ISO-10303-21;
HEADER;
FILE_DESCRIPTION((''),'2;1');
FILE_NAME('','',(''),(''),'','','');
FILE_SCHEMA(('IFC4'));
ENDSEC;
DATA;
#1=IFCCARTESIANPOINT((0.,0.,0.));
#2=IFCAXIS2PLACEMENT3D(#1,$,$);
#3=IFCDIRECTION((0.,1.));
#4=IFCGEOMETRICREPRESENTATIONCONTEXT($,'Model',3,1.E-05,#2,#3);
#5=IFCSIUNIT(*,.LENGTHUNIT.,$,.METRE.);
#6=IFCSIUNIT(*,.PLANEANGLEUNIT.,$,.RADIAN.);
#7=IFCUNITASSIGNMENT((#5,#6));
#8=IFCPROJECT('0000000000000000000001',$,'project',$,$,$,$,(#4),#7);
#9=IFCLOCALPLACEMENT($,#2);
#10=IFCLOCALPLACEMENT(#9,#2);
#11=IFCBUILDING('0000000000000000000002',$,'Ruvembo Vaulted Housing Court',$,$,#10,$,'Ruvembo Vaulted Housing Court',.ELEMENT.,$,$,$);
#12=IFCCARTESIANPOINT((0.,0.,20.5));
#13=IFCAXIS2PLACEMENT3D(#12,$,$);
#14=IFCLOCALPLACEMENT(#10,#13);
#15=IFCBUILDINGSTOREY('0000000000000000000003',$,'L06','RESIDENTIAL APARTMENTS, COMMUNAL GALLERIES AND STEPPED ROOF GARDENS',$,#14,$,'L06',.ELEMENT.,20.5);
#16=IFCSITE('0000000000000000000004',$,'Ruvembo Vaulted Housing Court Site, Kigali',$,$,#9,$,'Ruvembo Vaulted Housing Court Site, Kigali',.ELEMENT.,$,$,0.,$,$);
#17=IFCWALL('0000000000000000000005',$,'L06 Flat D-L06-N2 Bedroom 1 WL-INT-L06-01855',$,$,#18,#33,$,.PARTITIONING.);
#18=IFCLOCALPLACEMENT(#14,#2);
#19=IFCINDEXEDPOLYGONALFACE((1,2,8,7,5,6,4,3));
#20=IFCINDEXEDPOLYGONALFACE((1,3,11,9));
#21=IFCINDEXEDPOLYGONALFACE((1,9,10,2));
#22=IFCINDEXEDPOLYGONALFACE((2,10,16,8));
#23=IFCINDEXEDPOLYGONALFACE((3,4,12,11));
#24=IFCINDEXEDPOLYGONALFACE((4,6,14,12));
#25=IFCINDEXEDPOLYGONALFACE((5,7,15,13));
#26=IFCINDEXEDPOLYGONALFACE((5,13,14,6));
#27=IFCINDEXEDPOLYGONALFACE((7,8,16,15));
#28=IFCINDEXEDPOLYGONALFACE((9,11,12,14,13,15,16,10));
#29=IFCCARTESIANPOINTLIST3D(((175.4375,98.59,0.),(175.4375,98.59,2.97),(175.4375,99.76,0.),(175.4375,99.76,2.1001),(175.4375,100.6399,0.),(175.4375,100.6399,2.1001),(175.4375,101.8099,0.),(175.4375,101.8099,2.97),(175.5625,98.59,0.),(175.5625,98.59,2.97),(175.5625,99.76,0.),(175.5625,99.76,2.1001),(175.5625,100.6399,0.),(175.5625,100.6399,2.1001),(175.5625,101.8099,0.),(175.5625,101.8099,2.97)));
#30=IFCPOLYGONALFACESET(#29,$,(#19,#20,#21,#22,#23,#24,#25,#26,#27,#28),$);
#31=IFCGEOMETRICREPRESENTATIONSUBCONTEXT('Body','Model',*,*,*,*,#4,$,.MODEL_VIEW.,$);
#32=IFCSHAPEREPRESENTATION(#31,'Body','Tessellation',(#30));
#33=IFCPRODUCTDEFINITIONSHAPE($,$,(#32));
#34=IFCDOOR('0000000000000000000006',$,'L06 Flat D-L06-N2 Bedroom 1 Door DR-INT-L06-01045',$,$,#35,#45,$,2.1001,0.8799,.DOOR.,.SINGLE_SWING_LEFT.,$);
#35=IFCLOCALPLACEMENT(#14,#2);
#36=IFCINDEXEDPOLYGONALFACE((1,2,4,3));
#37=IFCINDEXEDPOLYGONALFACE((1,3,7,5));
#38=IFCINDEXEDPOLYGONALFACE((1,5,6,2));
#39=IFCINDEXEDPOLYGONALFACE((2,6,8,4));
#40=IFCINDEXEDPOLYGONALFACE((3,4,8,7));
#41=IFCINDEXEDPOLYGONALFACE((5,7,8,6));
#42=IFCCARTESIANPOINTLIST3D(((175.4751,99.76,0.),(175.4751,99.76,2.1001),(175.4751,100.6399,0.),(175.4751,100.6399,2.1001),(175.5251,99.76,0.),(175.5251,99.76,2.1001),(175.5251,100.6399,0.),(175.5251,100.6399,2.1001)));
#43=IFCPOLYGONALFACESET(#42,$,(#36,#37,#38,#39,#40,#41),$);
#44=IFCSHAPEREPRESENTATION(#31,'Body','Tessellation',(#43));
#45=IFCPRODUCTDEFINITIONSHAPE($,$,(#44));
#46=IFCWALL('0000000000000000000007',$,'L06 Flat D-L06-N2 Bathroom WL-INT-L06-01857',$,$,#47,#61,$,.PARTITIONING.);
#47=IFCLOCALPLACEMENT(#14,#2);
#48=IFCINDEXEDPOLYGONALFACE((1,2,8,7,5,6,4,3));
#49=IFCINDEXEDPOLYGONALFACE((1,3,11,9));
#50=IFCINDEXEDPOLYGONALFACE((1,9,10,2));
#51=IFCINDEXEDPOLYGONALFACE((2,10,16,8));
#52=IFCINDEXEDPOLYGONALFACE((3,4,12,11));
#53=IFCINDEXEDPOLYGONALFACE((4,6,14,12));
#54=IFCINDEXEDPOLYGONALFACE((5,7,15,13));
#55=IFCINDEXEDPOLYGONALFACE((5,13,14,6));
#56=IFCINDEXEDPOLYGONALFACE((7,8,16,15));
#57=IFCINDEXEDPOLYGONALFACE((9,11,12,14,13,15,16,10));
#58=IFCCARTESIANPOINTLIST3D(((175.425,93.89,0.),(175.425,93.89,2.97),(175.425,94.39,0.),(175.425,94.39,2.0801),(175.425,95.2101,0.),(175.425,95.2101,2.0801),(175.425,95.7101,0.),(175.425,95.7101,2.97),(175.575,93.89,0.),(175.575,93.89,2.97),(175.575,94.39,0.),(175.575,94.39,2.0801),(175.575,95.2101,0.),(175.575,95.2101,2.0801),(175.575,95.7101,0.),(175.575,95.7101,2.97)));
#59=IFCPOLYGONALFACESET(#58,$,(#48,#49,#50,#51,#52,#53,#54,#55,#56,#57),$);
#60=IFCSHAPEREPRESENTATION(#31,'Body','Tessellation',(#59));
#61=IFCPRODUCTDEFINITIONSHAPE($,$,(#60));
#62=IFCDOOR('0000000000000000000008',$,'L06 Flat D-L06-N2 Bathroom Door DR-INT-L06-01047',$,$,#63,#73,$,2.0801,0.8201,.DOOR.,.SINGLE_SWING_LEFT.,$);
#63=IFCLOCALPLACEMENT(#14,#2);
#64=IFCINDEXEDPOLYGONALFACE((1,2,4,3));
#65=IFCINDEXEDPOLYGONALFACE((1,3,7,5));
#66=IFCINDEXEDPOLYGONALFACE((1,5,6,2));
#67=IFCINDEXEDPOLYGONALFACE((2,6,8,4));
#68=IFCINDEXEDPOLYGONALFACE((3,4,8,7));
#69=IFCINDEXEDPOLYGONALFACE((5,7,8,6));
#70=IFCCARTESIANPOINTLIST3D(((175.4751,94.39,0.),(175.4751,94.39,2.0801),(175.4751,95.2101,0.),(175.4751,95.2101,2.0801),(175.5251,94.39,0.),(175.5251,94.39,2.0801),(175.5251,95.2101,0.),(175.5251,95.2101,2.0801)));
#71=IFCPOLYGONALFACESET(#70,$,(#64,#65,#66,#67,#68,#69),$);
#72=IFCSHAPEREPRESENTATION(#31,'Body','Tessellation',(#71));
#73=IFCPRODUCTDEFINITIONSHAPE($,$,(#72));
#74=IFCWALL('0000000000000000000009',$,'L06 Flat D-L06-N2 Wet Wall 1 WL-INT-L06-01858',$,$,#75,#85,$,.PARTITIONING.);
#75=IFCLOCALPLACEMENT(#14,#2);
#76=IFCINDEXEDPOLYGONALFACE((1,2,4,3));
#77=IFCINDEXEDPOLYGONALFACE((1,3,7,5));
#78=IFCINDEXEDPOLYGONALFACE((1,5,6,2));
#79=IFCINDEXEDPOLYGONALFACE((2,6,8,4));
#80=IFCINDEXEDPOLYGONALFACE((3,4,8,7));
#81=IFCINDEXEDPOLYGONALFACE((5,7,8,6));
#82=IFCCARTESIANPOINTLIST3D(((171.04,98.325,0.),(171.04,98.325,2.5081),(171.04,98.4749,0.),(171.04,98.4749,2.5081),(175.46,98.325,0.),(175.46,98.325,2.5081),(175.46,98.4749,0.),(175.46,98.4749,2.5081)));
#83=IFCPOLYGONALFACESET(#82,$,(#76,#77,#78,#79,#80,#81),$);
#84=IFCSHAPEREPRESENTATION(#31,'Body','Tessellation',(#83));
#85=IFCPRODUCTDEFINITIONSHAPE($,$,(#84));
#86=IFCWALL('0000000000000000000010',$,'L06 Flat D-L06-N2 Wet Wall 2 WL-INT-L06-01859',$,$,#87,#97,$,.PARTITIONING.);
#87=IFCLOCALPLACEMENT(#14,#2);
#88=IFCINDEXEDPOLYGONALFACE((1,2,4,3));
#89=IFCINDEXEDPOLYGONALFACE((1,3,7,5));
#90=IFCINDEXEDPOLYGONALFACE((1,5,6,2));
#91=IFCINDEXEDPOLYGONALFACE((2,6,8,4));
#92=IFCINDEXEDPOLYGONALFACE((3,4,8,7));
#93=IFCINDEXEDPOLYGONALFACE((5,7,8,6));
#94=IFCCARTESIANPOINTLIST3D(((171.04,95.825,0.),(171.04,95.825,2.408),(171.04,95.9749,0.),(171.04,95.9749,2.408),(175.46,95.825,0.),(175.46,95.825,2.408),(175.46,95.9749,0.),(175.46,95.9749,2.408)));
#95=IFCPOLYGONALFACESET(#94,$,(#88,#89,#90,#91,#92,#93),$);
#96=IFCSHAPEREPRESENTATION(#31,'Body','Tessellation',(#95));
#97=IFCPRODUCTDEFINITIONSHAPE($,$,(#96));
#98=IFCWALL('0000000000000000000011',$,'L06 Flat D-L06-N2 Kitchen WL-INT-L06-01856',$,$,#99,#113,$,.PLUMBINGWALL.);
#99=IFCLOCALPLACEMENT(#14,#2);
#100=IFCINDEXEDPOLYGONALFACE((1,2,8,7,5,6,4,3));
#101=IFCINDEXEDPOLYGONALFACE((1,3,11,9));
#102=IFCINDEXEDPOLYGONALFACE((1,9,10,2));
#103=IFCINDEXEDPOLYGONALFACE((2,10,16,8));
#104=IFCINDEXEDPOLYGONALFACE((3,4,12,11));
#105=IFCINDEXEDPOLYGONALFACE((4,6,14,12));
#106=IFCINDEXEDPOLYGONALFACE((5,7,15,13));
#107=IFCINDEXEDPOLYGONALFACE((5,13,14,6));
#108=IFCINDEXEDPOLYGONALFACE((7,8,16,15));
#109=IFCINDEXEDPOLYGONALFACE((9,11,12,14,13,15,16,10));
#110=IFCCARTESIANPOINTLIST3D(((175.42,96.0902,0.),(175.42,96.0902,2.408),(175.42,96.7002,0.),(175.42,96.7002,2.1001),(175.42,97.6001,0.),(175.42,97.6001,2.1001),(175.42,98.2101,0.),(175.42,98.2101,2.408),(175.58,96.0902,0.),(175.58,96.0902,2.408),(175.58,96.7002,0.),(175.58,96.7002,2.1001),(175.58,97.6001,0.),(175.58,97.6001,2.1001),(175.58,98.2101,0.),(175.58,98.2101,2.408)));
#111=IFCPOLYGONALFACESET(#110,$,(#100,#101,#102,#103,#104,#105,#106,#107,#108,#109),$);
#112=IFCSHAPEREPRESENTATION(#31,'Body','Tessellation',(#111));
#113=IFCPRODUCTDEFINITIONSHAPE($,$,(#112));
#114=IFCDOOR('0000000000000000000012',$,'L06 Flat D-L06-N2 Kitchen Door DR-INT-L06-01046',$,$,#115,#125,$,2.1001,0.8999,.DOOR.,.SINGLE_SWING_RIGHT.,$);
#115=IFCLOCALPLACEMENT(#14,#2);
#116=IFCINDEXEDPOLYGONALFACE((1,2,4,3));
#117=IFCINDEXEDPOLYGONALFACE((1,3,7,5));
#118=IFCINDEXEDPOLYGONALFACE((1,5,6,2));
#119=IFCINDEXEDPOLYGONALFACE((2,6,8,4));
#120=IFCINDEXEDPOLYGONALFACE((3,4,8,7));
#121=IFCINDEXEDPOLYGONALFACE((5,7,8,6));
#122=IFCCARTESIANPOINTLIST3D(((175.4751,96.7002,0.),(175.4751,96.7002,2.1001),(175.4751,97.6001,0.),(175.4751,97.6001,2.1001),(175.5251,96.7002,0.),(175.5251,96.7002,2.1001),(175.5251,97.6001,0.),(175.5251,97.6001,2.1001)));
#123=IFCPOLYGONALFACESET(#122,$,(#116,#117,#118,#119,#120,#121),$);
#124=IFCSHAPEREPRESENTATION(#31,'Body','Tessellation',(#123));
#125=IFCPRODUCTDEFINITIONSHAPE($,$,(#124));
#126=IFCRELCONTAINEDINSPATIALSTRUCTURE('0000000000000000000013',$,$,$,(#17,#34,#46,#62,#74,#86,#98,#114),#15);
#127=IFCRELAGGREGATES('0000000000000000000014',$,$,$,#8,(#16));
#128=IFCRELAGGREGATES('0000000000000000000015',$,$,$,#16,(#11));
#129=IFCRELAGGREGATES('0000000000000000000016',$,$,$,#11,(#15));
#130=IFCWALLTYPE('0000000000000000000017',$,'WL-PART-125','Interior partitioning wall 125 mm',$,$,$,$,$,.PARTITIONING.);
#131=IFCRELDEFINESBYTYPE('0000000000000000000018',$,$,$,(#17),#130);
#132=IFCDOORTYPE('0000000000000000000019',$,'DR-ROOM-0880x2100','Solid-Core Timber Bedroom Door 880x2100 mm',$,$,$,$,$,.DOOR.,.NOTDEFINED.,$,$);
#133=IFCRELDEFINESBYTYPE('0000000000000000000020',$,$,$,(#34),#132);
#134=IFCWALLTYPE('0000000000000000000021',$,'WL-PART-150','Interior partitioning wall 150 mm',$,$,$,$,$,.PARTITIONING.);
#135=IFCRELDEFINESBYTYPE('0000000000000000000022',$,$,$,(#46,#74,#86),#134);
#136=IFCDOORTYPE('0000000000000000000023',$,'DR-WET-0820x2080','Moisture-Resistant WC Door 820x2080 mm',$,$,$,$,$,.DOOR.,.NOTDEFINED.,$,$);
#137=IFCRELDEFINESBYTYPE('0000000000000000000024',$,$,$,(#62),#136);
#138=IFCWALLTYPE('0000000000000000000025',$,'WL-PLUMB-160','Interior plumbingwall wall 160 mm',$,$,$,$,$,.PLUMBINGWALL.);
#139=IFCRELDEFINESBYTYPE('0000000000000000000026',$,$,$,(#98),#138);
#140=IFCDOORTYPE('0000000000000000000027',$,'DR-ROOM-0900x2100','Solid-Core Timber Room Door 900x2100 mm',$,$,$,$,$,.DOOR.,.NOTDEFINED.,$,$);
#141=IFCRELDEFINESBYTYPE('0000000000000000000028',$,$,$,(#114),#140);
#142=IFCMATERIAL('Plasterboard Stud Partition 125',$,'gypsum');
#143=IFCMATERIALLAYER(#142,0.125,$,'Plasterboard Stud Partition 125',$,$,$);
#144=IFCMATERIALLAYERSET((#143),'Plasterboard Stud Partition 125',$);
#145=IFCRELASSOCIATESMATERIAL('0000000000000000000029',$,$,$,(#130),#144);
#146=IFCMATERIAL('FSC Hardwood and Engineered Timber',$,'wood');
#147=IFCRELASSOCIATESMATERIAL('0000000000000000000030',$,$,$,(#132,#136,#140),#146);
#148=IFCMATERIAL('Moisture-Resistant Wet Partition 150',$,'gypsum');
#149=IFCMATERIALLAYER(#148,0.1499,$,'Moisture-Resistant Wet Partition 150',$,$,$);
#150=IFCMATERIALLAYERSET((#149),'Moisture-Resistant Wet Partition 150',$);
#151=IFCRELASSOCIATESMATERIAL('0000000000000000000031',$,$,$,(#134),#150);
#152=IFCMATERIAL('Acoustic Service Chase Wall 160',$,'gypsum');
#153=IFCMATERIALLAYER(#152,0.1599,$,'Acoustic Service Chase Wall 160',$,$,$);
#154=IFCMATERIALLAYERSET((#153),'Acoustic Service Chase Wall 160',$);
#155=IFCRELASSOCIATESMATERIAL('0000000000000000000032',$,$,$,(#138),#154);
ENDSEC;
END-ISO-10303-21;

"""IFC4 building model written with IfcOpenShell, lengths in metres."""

from ifc_helpers import new_model, si_unit, direction, frame, frame_2d, origin, place, context, subcontext, project, spatial, rectangle, extrude, material, layer, layer_set, type_object, element, fill, save


model = new_model("IFC4")

# Units and contexts
model_context = context("Model", 3, precision=1e-05, world=origin(), true_north=direction((0.0, 1.0)))
body_context = subcontext(model_context, "Body", "Model", "MODEL_VIEW")
ifc_project = project(units=[si_unit("LENGTHUNIT", "METRE"), si_unit("PLANEANGLEUNIT", "RADIAN")], contexts=[model_context])

# Site, building, storey
site_placement = place(None, origin())
site = spatial("IfcSite", under=ifc_project, at=site_placement, Name="Ruvembo Vaulted Housing Court Site, Kigali", LongName="Ruvembo Vaulted Housing Court Site, Kigali", CompositionType="ELEMENT", RefElevation=0.0)
building_placement = place(site_placement, origin())
building = spatial("IfcBuilding", under=site, at=building_placement, Name="Ruvembo Vaulted Housing Court", LongName="Ruvembo Vaulted Housing Court", CompositionType="ELEMENT")
storey_placement = place(building_placement, frame((0.0, 0.0, 20.5)))
storey = spatial("IfcBuildingStorey", under=building, at=storey_placement, Name="L06", Description="RESIDENTIAL APARTMENTS, COMMUNAL GALLERIES AND STEPPED ROOF GARDENS", LongName="L06", CompositionType="ELEMENT", Elevation=20.5)

# Shared definitions
ifc_material_1 = material(Name="FSC Hardwood and Engineered Timber", Category="wood")

# Walls, openings, doors
ifc_material_2 = material(Name="Plasterboard Stud Partition 125", Category="gypsum")
ifc_layer_1 = layer(ifc_material_2, 0.125, Name="Plasterboard Stud Partition 125")
ifc_layer_set_1 = layer_set([ifc_layer_1], Name="Plasterboard Stud Partition 125")
wall_type_1 = type_object("IfcWallType", Name="WL-PART-125", Description="Interior partitioning wall 125 mm", PredefinedType="PARTITIONING", material=ifc_layer_set_1)
wall_1_placement = place(storey_placement, frame((175.5, 98.5901, 0.0), z_axis=(0.0, 0.0, 1.0), x_axis=(0.0, 1.0, 0.0)))
wall_1 = element("IfcWall", 1, at=wall_1_placement, inside=storey, type_object=wall_type_1, Name="L06 Flat D-L06-N2 Bedroom 1 WL-INT-L06-01855", PredefinedType="PARTITIONING", context=body_context, shape_type="SweptSolid", body=[
    extrude(rectangle(XDim=3.22, YDim=0.125, at=frame_2d((1.6099, 0.0))), origin(), (0.0, 0.0, 1.0), 2.97),
])
opening_1_placement = place(wall_1_placement, frame((1.1699, 0.0, 0.0)))
opening_1 = element("IfcOpeningElement", 2, at=opening_1_placement, cuts=wall_1, PredefinedType="OPENING", context=body_context, shape_type="SweptSolid", body=[
    extrude(rectangle(XDim=0.8799, YDim=2.1001, at=frame_2d((0.4399, 1.05))), frame((0.0, 0.0725, 0.0), z_axis=(0.0, -1.0, 0.0), x_axis=(1.0, 0.0, 0.0)), (0.0, 0.0, 1.0), 0.145),
])
door_type_1 = type_object("IfcDoorType", Name="DR-ROOM-0880x2100", Description="Solid-Core Timber Bedroom Door 880x2100 mm", OperationType="NOTDEFINED", PredefinedType="DOOR", material=ifc_material_1)
door_1_placement = place(opening_1_placement, origin())
door_1 = element("IfcDoor", 3, at=door_1_placement, inside=storey, type_object=door_type_1, Name="L06 Flat D-L06-N2 Bedroom 1 Door DR-INT-L06-01045", OperationType="SINGLE_SWING_LEFT", OverallHeight=2.1001, OverallWidth=0.8799, PredefinedType="DOOR", context=body_context, shape_type="SweptSolid", body=[
    extrude(rectangle(XDim=0.8799, YDim=2.1001, at=frame_2d((0.4399, 1.05))), frame((0.0, 0.0249, 0.0), z_axis=(0.0, -1.0, 0.0), x_axis=(1.0, 0.0, 0.0)), (0.0, 0.0, 1.0), 0.05),
])
fill(opening_1, door_1)
ifc_material_3 = material(Name="Moisture-Resistant Wet Partition 150", Category="gypsum")
ifc_layer_2 = layer(ifc_material_3, 0.1499, Name="Moisture-Resistant Wet Partition 150")
ifc_layer_set_2 = layer_set([ifc_layer_2], Name="Moisture-Resistant Wet Partition 150")
wall_type_2 = type_object("IfcWallType", Name="WL-PART-150", Description="Interior partitioning wall 150 mm", PredefinedType="PARTITIONING", material=ifc_layer_set_2)
wall_2_placement = place(storey_placement, frame((175.5, 93.8899, 0.0), z_axis=(0.0, 0.0, 1.0), x_axis=(0.0, 1.0, 0.0)))
wall_2 = element("IfcWall", 4, at=wall_2_placement, inside=storey, type_object=wall_type_2, Name="L06 Flat D-L06-N2 Bathroom WL-INT-L06-01857", PredefinedType="PARTITIONING", context=body_context, shape_type="SweptSolid", body=[
    extrude(rectangle(XDim=1.8201, YDim=0.1499, at=frame_2d((0.9102, 0.0))), origin(), (0.0, 0.0, 1.0), 2.97),
])
opening_2_placement = place(wall_2_placement, frame((0.5, 0.0, 0.0)))
opening_2 = element("IfcOpeningElement", 5, at=opening_2_placement, cuts=wall_2, PredefinedType="OPENING", context=body_context, shape_type="SweptSolid", body=[
    extrude(rectangle(XDim=0.8201, YDim=2.0801, at=frame_2d((0.4102, 1.04))), frame((0.0, 0.085, 0.0), z_axis=(0.0, -1.0, 0.0), x_axis=(1.0, 0.0, 0.0)), (0.0, 0.0, 1.0), 0.1699),
])
door_type_2 = type_object("IfcDoorType", Name="DR-WET-0820x2080", Description="Moisture-Resistant WC Door 820x2080 mm", OperationType="NOTDEFINED", PredefinedType="DOOR", material=ifc_material_1)
door_2_placement = place(opening_2_placement, origin())
door_2 = element("IfcDoor", 6, at=door_2_placement, inside=storey, type_object=door_type_2, Name="L06 Flat D-L06-N2 Bathroom Door DR-INT-L06-01047", OperationType="SINGLE_SWING_LEFT", OverallHeight=2.0801, OverallWidth=0.8201, PredefinedType="DOOR", context=body_context, shape_type="SweptSolid", body=[
    extrude(rectangle(XDim=0.8201, YDim=2.0801, at=frame_2d((0.4102, 1.04))), frame((0.0, 0.0249, 0.0), z_axis=(0.0, -1.0, 0.0), x_axis=(1.0, 0.0, 0.0)), (0.0, 0.0, 1.0), 0.05),
])
fill(opening_2, door_2)

# Walls
wall_3_placement = place(storey_placement, frame((171.04, 98.3999, 0.0), z_axis=(0.0, 0.0, 1.0), x_axis=(1.0, 0.0, 0.0)))
element("IfcWall", 7, at=wall_3_placement, inside=storey, type_object=wall_type_2, Name="L06 Flat D-L06-N2 Wet Wall 1 WL-INT-L06-01858", PredefinedType="PARTITIONING", context=body_context, shape_type="SweptSolid", body=[
    extrude(rectangle(XDim=4.4199, YDim=0.1499, at=frame_2d((2.21, 0.0))), origin(), (0.0, 0.0, 1.0), 2.5081),
])
wall_4_placement = place(storey_placement, frame((171.04, 95.8999, 0.0), z_axis=(0.0, 0.0, 1.0), x_axis=(1.0, 0.0, 0.0)))
element("IfcWall", 8, at=wall_4_placement, inside=storey, type_object=wall_type_2, Name="L06 Flat D-L06-N2 Wet Wall 2 WL-INT-L06-01859", PredefinedType="PARTITIONING", context=body_context, shape_type="SweptSolid", body=[
    extrude(rectangle(XDim=4.4199, YDim=0.1499, at=frame_2d((2.21, 0.0))), origin(), (0.0, 0.0, 1.0), 2.408),
])

# Wall, opening, door
ifc_material_4 = material(Name="Acoustic Service Chase Wall 160", Category="gypsum")
ifc_layer_3 = layer(ifc_material_4, 0.1599, Name="Acoustic Service Chase Wall 160")
ifc_layer_set_3 = layer_set([ifc_layer_3], Name="Acoustic Service Chase Wall 160")
wall_type_3 = type_object("IfcWallType", Name="WL-PLUMB-160", Description="Interior plumbingwall wall 160 mm", PredefinedType="PLUMBINGWALL", material=ifc_layer_set_3)
wall_5_placement = place(storey_placement, frame((175.5, 96.0901, 0.0), z_axis=(0.0, 0.0, 1.0), x_axis=(0.0, 1.0, 0.0)))
wall_5 = element("IfcWall", 9, at=wall_5_placement, inside=storey, type_object=wall_type_3, Name="L06 Flat D-L06-N2 Kitchen WL-INT-L06-01856", PredefinedType="PLUMBINGWALL", context=body_context, shape_type="SweptSolid", body=[
    extrude(rectangle(XDim=2.1199, YDim=0.1599, at=frame_2d((1.0601, 0.0))), origin(), (0.0, 0.0, 1.0), 2.408),
])
opening_3_placement = place(wall_5_placement, frame((0.6101, 0.0, 0.0)))
opening_3 = element("IfcOpeningElement", 10, at=opening_3_placement, cuts=wall_5, PredefinedType="OPENING", context=body_context, shape_type="SweptSolid", body=[
    extrude(rectangle(XDim=0.8999, YDim=2.1001, at=frame_2d((0.45, 1.05))), frame((0.0, 0.0898, 0.0), z_axis=(0.0, -1.0, 0.0), x_axis=(1.0, 0.0, 0.0)), (0.0, 0.0, 1.0), 0.1799),
])
door_type_3 = type_object("IfcDoorType", Name="DR-ROOM-0900x2100", Description="Solid-Core Timber Room Door 900x2100 mm", OperationType="NOTDEFINED", PredefinedType="DOOR", material=ifc_material_1)
door_3_placement = place(opening_3_placement, origin())
door_3 = element("IfcDoor", 11, at=door_3_placement, inside=storey, type_object=door_type_3, Name="L06 Flat D-L06-N2 Kitchen Door DR-INT-L06-01046", OperationType="SINGLE_SWING_RIGHT", OverallHeight=2.1001, OverallWidth=0.8999, PredefinedType="DOOR", context=body_context, shape_type="SweptSolid", body=[
    extrude(rectangle(XDim=0.8999, YDim=2.1001, at=frame_2d((0.45, 1.05))), frame((0.0, 0.0249, 0.0), z_axis=(0.0, -1.0, 0.0), x_axis=(1.0, 0.0, 0.0)), (0.0, 0.0, 1.0), 0.05),
])
fill(opening_3, door_3)

save(model, "model.ifc")
